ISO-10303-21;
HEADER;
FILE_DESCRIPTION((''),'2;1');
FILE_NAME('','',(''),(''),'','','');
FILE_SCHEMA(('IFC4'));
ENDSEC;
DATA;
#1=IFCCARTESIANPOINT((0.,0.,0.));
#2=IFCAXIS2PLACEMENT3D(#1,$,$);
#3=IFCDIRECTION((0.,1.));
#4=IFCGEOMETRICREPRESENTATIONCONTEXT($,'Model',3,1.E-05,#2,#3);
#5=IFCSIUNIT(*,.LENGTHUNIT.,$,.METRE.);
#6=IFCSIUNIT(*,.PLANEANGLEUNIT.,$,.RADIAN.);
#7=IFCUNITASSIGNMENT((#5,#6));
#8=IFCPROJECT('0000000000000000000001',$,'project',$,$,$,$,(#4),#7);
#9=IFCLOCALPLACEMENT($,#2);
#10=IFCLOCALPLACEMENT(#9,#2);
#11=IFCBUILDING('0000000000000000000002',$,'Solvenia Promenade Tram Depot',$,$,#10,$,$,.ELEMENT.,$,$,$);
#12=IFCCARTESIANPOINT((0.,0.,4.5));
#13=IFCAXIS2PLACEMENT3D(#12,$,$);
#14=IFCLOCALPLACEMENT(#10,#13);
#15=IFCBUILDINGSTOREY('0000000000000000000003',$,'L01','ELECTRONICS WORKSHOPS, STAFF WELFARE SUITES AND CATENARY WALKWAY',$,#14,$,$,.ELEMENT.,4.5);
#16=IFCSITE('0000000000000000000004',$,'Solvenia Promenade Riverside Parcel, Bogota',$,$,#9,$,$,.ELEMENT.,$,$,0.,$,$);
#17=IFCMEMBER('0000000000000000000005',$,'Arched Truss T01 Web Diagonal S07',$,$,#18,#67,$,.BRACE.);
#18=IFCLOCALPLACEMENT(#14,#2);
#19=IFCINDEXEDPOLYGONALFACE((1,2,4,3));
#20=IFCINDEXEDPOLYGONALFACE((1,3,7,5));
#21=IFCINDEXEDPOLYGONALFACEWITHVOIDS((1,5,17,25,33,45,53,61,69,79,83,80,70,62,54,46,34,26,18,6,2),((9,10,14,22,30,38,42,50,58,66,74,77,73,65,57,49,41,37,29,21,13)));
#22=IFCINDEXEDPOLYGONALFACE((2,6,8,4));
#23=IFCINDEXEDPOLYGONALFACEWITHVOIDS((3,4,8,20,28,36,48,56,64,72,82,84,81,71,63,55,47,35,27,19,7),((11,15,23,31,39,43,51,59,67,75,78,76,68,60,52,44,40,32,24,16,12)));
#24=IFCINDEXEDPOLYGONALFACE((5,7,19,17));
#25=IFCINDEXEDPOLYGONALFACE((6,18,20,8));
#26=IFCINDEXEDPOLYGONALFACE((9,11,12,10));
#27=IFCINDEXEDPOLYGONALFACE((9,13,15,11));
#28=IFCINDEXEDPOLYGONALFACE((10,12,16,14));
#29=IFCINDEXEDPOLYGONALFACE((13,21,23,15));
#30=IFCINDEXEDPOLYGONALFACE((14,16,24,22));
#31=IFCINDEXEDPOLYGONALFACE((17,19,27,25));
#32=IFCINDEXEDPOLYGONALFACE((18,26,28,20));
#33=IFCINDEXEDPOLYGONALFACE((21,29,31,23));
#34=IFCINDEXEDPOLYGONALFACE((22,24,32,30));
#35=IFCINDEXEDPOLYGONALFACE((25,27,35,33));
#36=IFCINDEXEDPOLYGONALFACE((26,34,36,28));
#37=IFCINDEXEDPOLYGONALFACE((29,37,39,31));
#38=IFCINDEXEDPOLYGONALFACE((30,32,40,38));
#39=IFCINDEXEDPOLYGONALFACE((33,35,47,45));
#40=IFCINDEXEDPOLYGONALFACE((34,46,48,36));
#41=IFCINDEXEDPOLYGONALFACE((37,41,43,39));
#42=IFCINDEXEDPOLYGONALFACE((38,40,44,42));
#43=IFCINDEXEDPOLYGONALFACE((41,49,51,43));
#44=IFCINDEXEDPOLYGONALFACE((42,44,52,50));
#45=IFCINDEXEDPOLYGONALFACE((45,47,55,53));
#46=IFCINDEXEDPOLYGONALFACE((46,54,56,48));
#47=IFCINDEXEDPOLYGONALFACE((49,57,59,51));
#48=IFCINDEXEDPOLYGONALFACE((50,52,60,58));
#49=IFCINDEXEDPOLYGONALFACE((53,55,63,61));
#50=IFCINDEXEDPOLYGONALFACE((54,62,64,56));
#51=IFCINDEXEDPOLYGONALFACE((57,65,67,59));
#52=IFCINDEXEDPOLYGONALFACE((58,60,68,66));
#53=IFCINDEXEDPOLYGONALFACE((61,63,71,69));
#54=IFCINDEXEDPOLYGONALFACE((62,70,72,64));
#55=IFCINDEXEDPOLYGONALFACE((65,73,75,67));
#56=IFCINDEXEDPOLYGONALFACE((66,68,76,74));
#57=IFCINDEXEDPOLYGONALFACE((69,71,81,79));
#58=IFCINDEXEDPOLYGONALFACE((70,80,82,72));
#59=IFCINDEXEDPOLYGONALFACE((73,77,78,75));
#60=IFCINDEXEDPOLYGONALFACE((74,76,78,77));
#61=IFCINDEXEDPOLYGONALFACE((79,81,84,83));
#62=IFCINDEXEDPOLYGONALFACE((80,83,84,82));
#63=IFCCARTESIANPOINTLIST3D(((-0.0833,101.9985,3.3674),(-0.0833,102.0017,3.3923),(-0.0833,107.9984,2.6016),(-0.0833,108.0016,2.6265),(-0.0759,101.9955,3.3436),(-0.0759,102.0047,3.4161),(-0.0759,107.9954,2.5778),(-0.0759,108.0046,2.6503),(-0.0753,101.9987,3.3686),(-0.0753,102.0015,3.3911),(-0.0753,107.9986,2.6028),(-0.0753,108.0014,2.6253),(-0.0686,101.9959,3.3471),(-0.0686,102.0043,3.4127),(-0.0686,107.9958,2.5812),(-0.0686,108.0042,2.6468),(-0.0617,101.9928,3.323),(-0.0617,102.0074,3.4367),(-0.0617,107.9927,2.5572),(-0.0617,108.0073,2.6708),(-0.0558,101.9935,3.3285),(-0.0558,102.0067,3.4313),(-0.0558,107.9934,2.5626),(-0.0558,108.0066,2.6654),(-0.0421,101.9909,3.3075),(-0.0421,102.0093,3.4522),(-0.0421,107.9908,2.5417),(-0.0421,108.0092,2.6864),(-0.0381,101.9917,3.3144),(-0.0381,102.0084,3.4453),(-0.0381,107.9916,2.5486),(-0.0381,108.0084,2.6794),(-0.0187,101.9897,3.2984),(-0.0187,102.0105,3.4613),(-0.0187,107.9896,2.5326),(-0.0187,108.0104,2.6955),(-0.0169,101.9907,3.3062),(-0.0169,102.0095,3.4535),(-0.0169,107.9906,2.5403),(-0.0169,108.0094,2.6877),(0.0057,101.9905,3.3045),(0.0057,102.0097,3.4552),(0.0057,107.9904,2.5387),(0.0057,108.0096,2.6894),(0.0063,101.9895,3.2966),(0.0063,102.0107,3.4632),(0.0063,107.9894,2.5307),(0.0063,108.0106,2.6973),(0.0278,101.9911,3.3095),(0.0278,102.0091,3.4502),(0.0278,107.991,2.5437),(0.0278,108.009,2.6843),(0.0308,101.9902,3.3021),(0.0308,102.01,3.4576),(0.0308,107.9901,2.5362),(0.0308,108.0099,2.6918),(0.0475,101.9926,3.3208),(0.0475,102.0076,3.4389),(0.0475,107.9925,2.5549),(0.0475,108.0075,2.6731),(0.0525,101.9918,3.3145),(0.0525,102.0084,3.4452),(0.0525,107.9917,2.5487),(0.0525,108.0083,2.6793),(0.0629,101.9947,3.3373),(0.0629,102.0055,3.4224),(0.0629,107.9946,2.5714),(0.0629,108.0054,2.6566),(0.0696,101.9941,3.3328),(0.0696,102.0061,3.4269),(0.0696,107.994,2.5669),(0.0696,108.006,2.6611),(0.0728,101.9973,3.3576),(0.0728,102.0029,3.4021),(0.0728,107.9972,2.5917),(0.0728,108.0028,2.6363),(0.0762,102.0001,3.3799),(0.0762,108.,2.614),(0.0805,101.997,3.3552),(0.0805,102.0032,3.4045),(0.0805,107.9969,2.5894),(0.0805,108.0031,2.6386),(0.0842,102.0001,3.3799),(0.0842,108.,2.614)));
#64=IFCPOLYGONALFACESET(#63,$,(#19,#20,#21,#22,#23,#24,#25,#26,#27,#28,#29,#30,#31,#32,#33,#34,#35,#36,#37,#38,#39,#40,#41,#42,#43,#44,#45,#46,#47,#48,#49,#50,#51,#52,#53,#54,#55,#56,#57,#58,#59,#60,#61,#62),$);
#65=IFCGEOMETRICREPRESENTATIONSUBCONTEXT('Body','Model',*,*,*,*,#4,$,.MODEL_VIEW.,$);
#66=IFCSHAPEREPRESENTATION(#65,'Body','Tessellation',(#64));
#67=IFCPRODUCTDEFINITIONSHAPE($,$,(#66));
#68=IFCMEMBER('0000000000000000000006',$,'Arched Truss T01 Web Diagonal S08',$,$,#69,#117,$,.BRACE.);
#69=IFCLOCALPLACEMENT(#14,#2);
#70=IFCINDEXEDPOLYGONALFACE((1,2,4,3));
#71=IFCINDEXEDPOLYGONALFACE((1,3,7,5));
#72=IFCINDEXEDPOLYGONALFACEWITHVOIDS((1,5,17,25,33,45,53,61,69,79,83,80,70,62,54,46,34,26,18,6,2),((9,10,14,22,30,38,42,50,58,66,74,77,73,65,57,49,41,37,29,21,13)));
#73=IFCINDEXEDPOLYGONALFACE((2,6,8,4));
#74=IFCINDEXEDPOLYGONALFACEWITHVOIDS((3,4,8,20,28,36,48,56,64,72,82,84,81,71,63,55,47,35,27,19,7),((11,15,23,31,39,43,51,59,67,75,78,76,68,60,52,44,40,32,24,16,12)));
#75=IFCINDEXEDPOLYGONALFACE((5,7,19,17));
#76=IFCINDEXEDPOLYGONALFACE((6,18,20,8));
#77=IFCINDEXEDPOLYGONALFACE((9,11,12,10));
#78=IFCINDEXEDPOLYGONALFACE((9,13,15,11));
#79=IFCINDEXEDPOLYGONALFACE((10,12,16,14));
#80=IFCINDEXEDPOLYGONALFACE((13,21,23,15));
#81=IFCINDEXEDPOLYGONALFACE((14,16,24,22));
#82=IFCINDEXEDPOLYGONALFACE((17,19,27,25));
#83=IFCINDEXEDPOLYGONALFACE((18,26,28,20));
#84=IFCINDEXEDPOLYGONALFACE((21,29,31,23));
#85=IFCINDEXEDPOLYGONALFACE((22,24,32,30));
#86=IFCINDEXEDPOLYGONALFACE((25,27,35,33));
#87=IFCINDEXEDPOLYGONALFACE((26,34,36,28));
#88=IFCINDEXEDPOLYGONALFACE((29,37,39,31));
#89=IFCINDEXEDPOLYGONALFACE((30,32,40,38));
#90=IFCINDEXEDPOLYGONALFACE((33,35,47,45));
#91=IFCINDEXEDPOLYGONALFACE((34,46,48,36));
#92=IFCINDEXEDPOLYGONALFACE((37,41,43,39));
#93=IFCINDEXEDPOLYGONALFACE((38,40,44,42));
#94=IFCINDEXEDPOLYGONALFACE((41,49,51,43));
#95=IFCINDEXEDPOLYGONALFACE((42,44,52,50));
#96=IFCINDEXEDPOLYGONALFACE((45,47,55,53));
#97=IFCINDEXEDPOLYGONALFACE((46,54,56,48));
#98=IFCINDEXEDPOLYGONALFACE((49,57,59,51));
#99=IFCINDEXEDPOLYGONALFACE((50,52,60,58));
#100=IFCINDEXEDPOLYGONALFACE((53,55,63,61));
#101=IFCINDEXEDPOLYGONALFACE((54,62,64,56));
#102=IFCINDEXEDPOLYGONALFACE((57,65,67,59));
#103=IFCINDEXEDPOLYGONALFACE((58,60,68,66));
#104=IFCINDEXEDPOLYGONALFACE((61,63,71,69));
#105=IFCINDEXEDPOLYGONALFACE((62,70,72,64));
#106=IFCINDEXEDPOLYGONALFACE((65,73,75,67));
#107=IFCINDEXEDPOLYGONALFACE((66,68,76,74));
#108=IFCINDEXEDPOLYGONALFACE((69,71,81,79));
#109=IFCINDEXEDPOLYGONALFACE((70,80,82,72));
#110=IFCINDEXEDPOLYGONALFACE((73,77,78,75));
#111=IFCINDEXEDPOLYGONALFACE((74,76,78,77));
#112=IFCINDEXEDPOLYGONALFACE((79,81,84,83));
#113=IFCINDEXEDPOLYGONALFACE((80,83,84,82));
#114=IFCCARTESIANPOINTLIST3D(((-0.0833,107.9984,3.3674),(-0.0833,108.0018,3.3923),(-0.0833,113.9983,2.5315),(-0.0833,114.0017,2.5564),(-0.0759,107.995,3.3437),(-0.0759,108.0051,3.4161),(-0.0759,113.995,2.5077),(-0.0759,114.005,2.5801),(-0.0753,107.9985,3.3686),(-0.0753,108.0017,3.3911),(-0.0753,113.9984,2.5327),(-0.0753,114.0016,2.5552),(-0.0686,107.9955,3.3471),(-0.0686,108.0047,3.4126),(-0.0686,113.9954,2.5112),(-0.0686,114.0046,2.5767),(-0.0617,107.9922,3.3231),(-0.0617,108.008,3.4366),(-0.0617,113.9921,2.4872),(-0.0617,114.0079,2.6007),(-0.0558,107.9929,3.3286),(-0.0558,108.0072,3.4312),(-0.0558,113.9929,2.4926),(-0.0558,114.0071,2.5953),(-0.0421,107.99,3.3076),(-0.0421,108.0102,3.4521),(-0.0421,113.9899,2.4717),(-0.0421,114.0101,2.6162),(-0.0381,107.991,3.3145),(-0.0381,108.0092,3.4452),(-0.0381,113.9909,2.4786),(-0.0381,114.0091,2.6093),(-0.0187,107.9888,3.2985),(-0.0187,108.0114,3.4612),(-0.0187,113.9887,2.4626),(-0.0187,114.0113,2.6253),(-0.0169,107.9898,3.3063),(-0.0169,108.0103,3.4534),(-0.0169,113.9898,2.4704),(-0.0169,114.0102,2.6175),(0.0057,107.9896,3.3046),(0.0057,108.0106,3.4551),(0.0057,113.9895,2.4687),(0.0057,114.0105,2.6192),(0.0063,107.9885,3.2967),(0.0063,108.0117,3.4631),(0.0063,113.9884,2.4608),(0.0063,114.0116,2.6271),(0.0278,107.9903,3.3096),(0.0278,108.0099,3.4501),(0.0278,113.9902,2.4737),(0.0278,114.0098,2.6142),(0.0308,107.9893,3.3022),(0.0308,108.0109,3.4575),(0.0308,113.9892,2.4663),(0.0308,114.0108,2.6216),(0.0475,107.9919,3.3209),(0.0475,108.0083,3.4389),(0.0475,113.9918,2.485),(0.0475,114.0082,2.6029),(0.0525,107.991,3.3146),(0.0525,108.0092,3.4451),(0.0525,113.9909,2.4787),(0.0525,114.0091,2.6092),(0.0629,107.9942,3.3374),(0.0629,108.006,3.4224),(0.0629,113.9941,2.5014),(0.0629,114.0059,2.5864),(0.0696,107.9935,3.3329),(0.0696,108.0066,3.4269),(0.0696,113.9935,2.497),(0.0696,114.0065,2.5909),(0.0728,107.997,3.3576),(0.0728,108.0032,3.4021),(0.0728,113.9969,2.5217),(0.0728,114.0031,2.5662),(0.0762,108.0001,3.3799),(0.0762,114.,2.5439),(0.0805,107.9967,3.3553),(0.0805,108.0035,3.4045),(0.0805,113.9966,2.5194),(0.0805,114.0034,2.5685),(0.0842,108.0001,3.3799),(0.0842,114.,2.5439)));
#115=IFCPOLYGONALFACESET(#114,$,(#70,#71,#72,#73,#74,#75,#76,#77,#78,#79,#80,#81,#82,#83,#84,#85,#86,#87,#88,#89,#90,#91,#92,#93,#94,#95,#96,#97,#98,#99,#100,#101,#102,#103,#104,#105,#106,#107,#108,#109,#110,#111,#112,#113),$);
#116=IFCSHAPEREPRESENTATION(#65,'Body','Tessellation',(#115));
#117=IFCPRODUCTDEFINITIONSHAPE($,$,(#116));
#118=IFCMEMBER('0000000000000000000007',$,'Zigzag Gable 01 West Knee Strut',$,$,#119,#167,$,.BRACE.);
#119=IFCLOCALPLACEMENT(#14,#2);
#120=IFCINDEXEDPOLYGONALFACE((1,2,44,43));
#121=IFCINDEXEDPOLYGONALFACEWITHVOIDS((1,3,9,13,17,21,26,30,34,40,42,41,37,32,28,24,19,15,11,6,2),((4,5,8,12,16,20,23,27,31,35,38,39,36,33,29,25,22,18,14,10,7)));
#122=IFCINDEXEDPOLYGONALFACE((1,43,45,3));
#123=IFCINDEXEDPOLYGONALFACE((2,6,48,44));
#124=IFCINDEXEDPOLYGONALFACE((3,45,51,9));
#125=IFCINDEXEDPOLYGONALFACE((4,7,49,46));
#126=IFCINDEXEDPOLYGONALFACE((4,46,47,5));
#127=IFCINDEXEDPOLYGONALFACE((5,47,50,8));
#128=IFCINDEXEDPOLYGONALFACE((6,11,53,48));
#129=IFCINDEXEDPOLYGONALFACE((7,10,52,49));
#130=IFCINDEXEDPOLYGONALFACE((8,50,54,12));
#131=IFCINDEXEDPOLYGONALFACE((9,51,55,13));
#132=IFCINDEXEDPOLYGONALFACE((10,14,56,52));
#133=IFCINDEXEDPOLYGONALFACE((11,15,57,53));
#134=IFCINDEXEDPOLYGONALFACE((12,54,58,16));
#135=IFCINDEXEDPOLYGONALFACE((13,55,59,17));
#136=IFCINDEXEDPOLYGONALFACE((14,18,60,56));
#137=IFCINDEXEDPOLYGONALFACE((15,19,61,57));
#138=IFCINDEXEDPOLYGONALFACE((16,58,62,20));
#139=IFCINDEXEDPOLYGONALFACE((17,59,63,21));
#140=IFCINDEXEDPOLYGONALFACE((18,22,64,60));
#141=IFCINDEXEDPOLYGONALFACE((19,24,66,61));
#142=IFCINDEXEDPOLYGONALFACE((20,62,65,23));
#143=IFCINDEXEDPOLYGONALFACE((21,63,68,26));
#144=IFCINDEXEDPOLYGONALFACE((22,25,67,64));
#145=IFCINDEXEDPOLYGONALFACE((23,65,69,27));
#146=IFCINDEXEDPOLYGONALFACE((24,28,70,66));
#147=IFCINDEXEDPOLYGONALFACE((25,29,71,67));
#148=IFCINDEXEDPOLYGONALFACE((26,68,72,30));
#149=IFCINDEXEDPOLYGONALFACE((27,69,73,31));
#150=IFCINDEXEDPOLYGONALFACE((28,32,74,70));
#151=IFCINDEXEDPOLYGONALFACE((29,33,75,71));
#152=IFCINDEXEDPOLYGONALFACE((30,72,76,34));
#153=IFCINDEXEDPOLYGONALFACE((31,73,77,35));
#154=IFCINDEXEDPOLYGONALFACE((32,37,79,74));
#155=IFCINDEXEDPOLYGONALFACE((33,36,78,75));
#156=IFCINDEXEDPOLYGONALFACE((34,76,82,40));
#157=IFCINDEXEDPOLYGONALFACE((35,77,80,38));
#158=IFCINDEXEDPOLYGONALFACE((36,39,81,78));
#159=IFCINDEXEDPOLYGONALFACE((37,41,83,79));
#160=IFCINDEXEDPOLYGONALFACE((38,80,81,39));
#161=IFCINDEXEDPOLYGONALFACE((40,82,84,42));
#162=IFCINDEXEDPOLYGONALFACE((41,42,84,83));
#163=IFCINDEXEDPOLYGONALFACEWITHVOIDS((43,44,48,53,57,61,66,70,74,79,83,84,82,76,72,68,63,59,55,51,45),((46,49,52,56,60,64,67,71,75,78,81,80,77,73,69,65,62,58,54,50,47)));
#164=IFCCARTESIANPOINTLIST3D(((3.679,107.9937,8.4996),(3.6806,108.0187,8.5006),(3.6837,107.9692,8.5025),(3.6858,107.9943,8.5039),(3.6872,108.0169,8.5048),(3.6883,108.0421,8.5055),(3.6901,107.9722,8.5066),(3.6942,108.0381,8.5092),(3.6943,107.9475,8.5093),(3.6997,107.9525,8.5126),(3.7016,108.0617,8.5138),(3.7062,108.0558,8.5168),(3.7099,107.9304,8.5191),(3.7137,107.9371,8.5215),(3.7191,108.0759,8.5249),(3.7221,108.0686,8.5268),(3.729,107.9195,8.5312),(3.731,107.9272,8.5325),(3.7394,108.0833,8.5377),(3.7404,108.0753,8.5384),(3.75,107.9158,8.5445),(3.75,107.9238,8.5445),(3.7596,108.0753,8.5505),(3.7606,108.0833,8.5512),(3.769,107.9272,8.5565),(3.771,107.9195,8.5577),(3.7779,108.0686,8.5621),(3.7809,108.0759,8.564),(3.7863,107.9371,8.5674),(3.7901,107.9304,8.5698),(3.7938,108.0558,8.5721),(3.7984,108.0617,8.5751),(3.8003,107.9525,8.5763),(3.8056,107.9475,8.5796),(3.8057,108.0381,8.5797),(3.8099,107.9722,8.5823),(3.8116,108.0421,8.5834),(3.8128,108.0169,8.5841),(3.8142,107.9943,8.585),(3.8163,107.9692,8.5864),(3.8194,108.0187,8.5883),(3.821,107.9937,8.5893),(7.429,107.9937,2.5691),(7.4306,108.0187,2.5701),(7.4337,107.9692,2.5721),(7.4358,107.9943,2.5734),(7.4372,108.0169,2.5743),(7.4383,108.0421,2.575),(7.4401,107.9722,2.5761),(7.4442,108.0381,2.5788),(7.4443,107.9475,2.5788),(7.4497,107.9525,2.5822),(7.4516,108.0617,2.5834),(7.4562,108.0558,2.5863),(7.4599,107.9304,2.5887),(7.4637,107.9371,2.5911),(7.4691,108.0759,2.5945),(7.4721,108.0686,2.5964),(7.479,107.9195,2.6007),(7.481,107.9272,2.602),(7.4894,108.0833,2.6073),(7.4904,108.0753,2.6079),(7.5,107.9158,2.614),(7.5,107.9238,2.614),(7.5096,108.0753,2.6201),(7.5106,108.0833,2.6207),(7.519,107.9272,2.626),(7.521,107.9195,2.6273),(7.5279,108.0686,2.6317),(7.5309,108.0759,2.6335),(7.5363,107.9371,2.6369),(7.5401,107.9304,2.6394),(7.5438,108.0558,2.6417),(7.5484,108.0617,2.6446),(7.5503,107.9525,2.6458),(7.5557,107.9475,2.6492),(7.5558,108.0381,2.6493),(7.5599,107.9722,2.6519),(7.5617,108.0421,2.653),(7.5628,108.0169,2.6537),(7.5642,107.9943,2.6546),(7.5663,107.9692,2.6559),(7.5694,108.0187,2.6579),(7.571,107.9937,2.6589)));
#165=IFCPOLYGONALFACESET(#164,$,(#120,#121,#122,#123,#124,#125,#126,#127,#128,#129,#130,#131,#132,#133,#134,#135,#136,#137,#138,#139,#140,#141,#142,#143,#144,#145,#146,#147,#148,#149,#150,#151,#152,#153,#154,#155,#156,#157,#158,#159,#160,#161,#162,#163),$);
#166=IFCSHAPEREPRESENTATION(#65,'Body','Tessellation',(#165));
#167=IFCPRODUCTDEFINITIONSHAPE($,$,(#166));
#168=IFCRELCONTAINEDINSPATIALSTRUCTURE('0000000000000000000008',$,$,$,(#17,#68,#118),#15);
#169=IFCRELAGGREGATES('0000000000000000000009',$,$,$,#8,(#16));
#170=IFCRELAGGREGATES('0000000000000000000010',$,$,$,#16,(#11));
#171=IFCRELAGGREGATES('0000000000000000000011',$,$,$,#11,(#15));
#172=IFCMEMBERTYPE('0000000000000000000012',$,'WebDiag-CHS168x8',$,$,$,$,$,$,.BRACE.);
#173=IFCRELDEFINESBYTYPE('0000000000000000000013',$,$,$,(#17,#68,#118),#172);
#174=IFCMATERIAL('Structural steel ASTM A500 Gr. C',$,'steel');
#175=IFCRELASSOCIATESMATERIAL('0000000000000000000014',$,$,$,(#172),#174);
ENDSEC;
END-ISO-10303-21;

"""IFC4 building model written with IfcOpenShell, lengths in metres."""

from ifc_helpers import new_model, si_unit, direction, frame, origin, origin_2d, place, context, subcontext, project, spatial, hollow_circle, extrude, material, material_profile, profile_set, type_object, element, save


model = new_model("IFC4")

# Units and contexts
model_context = context("Model", 3, precision=1e-05, world=origin(), true_north=direction((0.0, 1.0)))
body_context = subcontext(model_context, "Body", "Model", "MODEL_VIEW")
ifc_project = project(units=[si_unit("LENGTHUNIT", "METRE"), si_unit("PLANEANGLEUNIT", "RADIAN")], contexts=[model_context])

# Site, building, storey
site_placement = place(None, origin())
site = spatial("IfcSite", under=ifc_project, at=site_placement, Name="Solvenia Promenade Riverside Parcel, Bogota", CompositionType="ELEMENT", RefElevation=0.0)
building_placement = place(site_placement, origin())
building = spatial("IfcBuilding", under=site, at=building_placement, Name="Solvenia Promenade Tram Depot", CompositionType="ELEMENT")
storey_placement = place(building_placement, frame((0.0, 0.0, 4.5)))
storey = spatial("IfcBuildingStorey", under=building, at=storey_placement, Name="L01", Description="ELECTRONICS WORKSHOPS, STAFF WELFARE SUITES AND CATENARY WALKWAY", CompositionType="ELEMENT", Elevation=4.5)

# Shared definitions
ifc_material_1 = material(Name="Structural steel ASTM A500 Gr. C", Category="steel")

# Members
ifc_material_profile_1 = material_profile(ifc_material_1, hollow_circle(Radius=0.0842, WallThickness=0.0081, at=origin_2d()), Name="CHS168.3x8", Category="steel")
ifc_profile_set_1 = profile_set([ifc_material_profile_1], Name="Structural steel ASTM A500 Gr. C")
member_type_1 = type_object("IfcMemberType", Name="WebDiag-CHS168x8", PredefinedType="BRACE", material=ifc_profile_set_1)
member_1_placement = place(storey_placement, frame((0.0, 108.0, 2.614), z_axis=(0.0, -0.991952, 0.126618), x_axis=(1.0, 0.0, 0.0)))
element("IfcMember", 1, at=member_1_placement, inside=storey, type_object=member_type_1, Name="Arched Truss T01 Web Diagonal S07", PredefinedType="BRACE", context=body_context, shape_type="SweptSolid", body=[
    extrude(hollow_circle(Radius=0.0842, WallThickness=0.0081, at=origin_2d()), origin(), (0.0, 0.0, 1.0), 6.0486),
])
member_2_placement = place(storey_placement, frame((0.0, 114.0, 2.5439), z_axis=(0.0, -0.990434, 0.13799), x_axis=(1.0, 0.0, 0.0)))
element("IfcMember", 2, at=member_2_placement, inside=storey, type_object=member_type_1, Name="Arched Truss T01 Web Diagonal S08", PredefinedType="BRACE", context=body_context, shape_type="SweptSolid", body=[
    extrude(hollow_circle(Radius=0.0842, WallThickness=0.0081, at=origin_2d()), origin(), (0.0, 0.0, 1.0), 6.0579),
])
for number, where, z_axis, x_axis, name in (
    (3, (7.5, 108.0, 2.614), (-0.534448, 0.0, 0.845201), (0.0, -1.0, 0.0), "Zigzag Gable 01 West Knee Strut"),
):
    element("IfcMember", number, at=place(storey_placement, frame(where, z_axis=z_axis, x_axis=x_axis)), inside=storey, type_object=member_type_1, Name=name, PredefinedType="BRACE", context=body_context, shape_type="SweptSolid", body=[
        extrude(hollow_circle(Radius=0.0842, WallThickness=0.0081, at=origin_2d()), origin(), (0.0, 0.0, 1.0), 7.0166),
    ])

save(model, "model.ifc")
